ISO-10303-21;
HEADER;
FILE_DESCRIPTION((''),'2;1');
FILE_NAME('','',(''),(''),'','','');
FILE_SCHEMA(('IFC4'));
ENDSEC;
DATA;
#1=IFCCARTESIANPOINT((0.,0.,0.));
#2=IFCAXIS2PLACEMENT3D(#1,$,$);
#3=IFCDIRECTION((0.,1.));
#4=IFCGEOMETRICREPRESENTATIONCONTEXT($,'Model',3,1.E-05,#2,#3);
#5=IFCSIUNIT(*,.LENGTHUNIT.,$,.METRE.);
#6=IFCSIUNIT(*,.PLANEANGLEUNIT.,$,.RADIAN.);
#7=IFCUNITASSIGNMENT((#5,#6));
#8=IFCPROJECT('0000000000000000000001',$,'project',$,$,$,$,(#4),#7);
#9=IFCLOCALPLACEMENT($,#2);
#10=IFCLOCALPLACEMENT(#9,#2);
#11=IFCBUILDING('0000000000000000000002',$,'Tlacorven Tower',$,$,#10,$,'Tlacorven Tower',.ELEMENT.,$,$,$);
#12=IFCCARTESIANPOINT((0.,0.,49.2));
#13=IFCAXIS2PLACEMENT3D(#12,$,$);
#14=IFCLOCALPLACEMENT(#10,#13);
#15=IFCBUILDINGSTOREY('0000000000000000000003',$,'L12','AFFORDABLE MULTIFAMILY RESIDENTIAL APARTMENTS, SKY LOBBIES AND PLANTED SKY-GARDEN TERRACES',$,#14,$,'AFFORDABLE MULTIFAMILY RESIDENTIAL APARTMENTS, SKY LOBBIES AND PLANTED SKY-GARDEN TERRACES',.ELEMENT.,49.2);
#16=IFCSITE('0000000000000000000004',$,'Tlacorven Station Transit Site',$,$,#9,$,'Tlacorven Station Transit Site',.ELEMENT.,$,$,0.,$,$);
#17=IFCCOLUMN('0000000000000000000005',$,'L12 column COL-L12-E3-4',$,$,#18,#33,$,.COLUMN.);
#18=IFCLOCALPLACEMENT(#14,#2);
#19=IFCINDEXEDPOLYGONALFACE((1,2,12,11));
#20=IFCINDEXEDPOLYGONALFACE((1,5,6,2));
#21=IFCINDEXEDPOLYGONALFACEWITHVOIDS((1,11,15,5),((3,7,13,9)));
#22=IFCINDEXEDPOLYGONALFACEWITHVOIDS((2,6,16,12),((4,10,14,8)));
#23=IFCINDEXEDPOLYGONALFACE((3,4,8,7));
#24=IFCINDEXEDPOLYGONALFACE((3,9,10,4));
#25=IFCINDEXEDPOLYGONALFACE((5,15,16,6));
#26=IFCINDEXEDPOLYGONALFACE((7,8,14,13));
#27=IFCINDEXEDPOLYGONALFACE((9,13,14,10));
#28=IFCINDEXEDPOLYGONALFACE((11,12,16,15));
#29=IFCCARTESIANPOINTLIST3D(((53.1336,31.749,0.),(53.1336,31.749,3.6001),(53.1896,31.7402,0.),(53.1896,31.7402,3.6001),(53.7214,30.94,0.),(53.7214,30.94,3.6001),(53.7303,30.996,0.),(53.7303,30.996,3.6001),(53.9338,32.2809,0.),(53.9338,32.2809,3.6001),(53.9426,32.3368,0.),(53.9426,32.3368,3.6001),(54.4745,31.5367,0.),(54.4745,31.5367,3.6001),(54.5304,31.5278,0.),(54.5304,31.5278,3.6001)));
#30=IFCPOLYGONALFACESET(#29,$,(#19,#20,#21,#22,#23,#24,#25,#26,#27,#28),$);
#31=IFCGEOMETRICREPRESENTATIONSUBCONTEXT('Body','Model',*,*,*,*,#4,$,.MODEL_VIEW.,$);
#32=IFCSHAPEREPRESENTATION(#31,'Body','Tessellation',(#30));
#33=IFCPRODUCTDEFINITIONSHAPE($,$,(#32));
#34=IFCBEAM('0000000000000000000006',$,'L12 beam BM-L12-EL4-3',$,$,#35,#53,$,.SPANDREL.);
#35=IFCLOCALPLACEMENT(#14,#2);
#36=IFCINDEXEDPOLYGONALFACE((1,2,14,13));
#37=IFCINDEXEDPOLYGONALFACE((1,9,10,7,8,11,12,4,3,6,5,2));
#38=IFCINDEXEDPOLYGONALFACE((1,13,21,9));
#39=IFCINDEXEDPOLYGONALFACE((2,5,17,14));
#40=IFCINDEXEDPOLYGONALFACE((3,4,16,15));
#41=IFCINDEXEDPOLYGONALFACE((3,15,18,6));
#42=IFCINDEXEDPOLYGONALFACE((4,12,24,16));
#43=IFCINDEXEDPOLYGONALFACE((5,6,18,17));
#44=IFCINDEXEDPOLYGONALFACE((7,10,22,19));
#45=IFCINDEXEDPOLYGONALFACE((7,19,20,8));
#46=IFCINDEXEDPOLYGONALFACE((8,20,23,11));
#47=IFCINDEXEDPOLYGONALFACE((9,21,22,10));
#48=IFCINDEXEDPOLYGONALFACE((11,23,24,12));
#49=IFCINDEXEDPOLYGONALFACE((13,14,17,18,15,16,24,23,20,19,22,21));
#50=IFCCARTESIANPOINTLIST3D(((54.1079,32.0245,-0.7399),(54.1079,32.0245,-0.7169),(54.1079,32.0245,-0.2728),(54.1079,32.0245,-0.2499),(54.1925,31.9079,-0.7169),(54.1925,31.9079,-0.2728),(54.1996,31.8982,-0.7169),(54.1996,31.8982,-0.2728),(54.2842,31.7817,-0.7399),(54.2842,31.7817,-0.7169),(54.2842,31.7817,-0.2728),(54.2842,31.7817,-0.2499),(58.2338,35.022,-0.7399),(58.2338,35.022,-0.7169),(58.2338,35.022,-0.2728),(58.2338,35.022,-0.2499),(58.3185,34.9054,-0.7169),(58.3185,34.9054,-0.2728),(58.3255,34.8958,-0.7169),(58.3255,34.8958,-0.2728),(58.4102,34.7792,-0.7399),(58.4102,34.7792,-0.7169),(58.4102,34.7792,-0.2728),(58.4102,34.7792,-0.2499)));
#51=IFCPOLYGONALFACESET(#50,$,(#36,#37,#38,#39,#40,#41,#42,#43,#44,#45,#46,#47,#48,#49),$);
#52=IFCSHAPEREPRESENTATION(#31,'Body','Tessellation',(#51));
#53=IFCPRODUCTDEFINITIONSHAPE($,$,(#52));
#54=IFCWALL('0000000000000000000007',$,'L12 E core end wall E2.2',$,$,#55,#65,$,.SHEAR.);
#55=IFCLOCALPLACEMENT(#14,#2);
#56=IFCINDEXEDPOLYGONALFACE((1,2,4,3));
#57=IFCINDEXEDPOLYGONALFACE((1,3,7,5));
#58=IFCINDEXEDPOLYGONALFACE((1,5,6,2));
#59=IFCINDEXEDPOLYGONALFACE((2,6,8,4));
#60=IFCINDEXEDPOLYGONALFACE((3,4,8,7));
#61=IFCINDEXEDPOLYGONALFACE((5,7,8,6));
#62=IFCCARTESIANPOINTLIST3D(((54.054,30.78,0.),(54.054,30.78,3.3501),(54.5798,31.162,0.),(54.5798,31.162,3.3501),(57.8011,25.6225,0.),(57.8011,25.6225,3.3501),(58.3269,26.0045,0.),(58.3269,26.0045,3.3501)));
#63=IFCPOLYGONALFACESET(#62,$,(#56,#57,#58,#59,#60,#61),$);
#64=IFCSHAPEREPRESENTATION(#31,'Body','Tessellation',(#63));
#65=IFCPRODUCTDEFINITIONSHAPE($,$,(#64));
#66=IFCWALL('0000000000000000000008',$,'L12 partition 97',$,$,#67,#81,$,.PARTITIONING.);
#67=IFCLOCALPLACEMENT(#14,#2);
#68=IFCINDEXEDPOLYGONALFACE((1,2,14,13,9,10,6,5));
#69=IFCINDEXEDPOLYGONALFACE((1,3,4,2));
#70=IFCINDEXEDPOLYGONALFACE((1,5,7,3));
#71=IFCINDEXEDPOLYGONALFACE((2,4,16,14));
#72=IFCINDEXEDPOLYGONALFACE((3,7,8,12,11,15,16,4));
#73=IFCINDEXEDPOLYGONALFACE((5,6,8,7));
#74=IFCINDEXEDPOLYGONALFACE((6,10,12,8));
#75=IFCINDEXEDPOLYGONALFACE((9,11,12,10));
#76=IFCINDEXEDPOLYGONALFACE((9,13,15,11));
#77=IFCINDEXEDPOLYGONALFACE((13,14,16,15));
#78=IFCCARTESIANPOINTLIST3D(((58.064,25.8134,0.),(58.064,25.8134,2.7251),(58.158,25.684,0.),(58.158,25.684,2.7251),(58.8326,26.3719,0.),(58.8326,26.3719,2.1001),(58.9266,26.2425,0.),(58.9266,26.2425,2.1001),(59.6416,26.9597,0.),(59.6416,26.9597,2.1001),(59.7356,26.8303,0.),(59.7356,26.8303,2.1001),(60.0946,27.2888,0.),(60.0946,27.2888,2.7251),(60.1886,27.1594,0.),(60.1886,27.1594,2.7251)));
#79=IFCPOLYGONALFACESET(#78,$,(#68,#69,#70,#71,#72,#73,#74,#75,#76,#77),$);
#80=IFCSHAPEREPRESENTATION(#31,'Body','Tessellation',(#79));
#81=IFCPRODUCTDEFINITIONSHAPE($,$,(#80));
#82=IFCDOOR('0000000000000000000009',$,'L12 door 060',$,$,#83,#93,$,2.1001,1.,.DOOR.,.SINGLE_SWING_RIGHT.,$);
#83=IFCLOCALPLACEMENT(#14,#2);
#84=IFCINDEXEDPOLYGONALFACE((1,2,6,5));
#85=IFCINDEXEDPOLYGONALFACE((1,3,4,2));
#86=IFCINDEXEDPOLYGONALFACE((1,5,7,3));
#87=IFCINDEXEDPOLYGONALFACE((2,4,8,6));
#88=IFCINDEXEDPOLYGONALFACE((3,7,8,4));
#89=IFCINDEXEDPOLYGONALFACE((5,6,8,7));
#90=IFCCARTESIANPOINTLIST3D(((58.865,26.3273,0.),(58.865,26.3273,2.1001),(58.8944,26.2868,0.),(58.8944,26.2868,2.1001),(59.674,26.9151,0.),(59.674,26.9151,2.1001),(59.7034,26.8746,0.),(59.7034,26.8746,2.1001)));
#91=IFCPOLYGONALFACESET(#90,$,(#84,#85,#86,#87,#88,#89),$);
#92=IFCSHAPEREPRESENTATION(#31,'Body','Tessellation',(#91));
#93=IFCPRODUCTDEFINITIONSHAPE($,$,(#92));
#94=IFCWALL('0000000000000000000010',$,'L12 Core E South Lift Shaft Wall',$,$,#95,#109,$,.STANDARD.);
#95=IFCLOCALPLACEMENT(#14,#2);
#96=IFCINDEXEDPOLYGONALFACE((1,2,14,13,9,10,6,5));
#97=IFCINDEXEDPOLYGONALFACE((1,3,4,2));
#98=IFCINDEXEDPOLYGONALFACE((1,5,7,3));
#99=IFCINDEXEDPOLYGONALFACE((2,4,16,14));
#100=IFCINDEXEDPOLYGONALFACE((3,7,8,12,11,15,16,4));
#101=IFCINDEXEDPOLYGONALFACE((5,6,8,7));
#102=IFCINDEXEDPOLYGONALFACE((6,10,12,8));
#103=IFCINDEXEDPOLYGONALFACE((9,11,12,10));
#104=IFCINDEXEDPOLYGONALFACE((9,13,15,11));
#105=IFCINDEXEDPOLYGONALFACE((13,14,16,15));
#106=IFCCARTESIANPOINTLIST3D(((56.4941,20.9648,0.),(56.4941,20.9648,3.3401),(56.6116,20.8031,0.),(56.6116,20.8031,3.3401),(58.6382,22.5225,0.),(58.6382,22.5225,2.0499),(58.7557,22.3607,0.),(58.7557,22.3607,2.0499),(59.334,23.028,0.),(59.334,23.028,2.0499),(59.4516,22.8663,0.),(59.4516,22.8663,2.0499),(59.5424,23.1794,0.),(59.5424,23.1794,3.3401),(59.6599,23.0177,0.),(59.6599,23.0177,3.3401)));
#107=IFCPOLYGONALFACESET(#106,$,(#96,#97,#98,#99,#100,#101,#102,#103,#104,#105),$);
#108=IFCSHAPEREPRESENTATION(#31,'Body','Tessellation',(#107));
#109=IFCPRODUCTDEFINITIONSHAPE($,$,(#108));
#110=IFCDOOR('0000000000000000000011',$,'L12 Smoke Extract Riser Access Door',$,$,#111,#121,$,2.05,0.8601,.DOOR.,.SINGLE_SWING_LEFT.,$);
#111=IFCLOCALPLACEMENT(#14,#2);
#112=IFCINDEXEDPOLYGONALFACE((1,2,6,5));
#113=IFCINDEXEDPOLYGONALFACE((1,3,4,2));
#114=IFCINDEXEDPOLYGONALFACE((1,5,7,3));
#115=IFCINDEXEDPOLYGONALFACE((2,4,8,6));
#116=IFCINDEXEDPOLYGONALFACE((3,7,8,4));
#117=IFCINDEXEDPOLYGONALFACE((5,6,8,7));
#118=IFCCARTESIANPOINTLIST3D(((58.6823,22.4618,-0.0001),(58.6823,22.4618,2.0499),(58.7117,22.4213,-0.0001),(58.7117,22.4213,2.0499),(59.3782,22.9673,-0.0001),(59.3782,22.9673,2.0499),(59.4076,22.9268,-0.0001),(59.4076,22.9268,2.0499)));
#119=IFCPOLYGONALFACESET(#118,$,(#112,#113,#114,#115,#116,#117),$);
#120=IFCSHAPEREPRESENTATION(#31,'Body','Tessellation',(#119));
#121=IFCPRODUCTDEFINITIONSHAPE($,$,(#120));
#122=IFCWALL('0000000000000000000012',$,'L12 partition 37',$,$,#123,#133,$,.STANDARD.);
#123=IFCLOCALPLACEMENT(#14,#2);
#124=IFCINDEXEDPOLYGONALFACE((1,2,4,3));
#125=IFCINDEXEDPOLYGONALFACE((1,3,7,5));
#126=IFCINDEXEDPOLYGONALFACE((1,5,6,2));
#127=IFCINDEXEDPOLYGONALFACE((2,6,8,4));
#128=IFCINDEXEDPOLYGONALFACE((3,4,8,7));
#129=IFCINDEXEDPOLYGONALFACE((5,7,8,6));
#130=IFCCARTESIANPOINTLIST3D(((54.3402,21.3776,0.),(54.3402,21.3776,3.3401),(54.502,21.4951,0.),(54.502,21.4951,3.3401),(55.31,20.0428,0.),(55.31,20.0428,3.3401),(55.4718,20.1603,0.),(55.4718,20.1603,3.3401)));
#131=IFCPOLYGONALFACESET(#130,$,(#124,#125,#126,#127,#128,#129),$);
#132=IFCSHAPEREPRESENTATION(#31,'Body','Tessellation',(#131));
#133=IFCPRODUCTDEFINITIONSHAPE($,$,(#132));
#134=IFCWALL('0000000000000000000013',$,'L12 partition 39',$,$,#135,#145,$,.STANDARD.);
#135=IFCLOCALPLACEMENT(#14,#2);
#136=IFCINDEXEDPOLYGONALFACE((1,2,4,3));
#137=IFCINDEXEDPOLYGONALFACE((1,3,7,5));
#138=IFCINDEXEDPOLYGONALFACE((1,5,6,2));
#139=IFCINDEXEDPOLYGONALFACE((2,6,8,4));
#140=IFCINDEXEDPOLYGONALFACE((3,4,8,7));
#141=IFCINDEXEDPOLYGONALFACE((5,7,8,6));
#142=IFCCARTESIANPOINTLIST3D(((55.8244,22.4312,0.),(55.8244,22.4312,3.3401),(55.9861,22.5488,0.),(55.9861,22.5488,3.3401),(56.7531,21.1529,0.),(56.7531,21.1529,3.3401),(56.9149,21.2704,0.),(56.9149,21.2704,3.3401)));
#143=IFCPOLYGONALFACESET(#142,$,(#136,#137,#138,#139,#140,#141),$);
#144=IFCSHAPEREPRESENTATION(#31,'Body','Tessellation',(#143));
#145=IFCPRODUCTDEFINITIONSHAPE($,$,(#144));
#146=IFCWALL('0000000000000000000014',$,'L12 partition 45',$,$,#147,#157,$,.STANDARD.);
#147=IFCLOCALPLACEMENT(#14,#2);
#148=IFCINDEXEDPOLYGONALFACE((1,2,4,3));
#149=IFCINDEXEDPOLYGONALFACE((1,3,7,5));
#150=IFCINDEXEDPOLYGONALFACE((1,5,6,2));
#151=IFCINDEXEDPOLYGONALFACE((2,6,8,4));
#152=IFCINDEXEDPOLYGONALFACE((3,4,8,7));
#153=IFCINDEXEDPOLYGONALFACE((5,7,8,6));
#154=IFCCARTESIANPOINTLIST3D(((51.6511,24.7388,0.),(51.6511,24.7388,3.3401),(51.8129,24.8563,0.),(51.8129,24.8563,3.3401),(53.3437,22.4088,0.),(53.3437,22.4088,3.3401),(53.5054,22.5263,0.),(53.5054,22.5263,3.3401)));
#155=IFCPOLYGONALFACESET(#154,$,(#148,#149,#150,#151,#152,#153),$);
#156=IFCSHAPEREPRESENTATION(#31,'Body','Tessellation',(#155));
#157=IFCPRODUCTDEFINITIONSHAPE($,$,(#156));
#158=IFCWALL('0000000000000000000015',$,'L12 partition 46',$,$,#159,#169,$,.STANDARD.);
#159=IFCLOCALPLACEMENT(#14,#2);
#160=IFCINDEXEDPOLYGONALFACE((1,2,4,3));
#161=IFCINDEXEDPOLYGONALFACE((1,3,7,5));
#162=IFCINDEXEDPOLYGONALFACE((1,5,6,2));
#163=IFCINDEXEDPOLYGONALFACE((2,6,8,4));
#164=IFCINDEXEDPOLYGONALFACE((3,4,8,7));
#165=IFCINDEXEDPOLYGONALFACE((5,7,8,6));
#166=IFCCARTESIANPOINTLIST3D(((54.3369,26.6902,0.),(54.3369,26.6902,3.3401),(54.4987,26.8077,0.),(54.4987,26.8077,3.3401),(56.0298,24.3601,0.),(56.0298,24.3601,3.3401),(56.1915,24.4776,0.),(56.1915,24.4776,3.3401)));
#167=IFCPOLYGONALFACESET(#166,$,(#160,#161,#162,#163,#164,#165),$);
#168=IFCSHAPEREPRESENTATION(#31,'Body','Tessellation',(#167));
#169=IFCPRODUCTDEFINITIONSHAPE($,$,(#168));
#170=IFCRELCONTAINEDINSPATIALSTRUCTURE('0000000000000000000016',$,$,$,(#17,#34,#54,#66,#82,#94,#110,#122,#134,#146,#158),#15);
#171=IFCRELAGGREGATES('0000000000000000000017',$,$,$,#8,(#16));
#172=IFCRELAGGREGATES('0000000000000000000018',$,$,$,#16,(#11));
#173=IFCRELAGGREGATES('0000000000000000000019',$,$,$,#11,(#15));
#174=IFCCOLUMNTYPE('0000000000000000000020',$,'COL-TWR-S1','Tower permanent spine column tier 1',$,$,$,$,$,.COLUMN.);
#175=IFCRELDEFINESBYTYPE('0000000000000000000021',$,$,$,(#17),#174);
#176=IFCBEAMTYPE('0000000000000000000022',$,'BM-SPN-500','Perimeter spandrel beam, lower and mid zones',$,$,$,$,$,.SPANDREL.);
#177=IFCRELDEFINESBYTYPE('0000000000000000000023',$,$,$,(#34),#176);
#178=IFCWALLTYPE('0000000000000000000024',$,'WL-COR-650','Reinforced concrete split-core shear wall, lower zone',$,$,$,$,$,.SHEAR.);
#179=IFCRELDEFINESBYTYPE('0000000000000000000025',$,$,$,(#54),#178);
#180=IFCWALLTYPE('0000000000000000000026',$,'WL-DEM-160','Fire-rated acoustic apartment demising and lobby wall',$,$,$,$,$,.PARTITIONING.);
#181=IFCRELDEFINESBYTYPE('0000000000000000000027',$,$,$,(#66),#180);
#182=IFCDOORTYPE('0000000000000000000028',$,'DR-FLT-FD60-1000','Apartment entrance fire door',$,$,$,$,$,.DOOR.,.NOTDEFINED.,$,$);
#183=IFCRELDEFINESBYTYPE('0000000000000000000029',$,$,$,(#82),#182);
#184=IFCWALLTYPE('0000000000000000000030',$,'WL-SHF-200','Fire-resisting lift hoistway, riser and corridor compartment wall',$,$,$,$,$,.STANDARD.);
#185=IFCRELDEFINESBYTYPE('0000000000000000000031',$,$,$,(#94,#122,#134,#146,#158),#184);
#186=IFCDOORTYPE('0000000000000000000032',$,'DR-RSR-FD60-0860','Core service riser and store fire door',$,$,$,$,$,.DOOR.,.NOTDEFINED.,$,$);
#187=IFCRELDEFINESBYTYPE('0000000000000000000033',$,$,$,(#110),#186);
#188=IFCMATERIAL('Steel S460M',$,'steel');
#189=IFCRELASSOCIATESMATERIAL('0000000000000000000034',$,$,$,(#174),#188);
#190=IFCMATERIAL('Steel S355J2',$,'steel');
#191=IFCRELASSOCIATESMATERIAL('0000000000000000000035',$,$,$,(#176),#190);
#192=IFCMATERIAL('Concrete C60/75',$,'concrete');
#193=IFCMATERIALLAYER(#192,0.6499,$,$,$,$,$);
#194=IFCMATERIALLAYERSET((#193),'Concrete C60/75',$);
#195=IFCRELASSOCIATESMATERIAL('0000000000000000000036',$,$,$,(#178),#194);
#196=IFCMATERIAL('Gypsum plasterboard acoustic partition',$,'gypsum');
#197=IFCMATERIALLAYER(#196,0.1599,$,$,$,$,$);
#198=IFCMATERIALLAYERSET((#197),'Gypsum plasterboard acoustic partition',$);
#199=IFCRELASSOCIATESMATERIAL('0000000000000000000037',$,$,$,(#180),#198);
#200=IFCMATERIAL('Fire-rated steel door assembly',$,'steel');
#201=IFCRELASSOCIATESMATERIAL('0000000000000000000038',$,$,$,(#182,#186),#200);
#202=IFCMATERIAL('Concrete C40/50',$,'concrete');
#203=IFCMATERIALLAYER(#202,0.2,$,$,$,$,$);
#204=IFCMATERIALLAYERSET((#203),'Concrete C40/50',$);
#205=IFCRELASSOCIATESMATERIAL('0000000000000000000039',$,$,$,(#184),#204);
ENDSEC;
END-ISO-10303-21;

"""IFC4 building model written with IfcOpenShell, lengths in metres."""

from ifc_helpers import new_model, si_unit, direction, frame, frame_2d, origin, origin_2d, place, context, subcontext, project, spatial, rectangle, hollow_rectangle, i_section, extrude, source, transform, mapped, material, layer, layer_set, material_profile, profile_set, type_object, element, fill, save


model = new_model("IFC4")

# Units and contexts
model_context = context("Model", 3, precision=1e-05, world=origin(), true_north=direction((0.0, 1.0)))
body_context = subcontext(model_context, "Body", "Model", "MODEL_VIEW")
ifc_project = project(units=[si_unit("LENGTHUNIT", "METRE"), si_unit("PLANEANGLEUNIT", "RADIAN")], contexts=[model_context])

# Site, building, storey
site_placement = place(None, origin())
site = spatial("IfcSite", under=ifc_project, at=site_placement, Name="Tlacorven Station Transit Site", LongName="Tlacorven Station Transit Site", CompositionType="ELEMENT", RefElevation=0.0)
building_placement = place(site_placement, origin())
building = spatial("IfcBuilding", under=site, at=building_placement, Name="Tlacorven Tower", LongName="Tlacorven Tower", CompositionType="ELEMENT")
storey_placement = place(building_placement, frame((0.0, 0.0, 49.2)))
storey = spatial("IfcBuildingStorey", under=building, at=storey_placement, Name="L12", Description="AFFORDABLE MULTIFAMILY RESIDENTIAL APARTMENTS, SKY LOBBIES AND PLANTED SKY-GARDEN TERRACES", LongName="AFFORDABLE MULTIFAMILY RESIDENTIAL APARTMENTS, SKY LOBBIES AND PLANTED SKY-GARDEN TERRACES", CompositionType="ELEMENT", Elevation=49.2)

# Column
ifc_material_1 = material(Name="Steel S460M", Category="steel")
ifc_material_profile_1 = material_profile(ifc_material_1, hollow_rectangle(XDim=1.0, YDim=1.0, WallThickness=0.04, at=origin_2d()), Name="BOX 1000X1000X40")
ifc_profile_set_1 = profile_set([ifc_material_profile_1], Name="Steel S460M")
column_type = type_object("IfcColumnType", Name="COL-TWR-S1", Description="Tower permanent spine column tier 1", PredefinedType="COLUMN", material=ifc_profile_set_1)
shared_shape_1 = source(origin(), body_context, "Body", "SweptSolid", [
    extrude(hollow_rectangle(XDim=1.0, YDim=1.0, WallThickness=0.04, at=origin_2d()), origin(), (0.0, 0.0, 1.0), 3.6001),
])
column_placement = place(storey_placement, frame((53.832, 31.6384, 0.0), z_axis=(0.0, 0.0, 1.0), x_axis=(0.809017, 0.587785, 0.0)))
element("IfcColumn", 1, at=column_placement, inside=storey, type_object=column_type, Name="L12 column COL-L12-E3-4", PredefinedType="COLUMN", context=body_context, shape_type="MappedRepresentation", body=[
    mapped(shared_shape_1, transform((0.0, 0.0, 0.0), scale=1.0)),
])

# Beam
ifc_material_2 = material(Name="Steel S355J2", Category="steel")
ifc_material_profile_2 = material_profile(ifc_material_2, i_section(OverallWidth=0.3, OverallDepth=0.49, WebThickness=0.012, FlangeThickness=0.0229, at=origin_2d()), Name="HEA 500")
ifc_profile_set_2 = profile_set([ifc_material_profile_2], Name="Steel S355J2")
beam_type = type_object("IfcBeamType", Name="BM-SPN-500", Description="Perimeter spandrel beam, lower and mid zones", PredefinedType="SPANDREL", material=ifc_profile_set_2)
shared_shape_2 = source(origin(), body_context, "Body", "SweptSolid", [
    extrude(i_section(OverallWidth=0.3, OverallDepth=0.49, WebThickness=0.012, FlangeThickness=0.0229, at=origin_2d()), origin(), (0.0, 0.0, 1.0), 5.0999),
])
beam_placement = place(storey_placement, frame((54.196, 31.9031, -0.4949), z_axis=(0.80903, 0.587767, 0.0), x_axis=(-0.587767, 0.80903, 0.0)))
element("IfcBeam", 2, at=beam_placement, inside=storey, type_object=beam_type, Name="L12 beam BM-L12-EL4-3", PredefinedType="SPANDREL", context=body_context, shape_type="MappedRepresentation", body=[
    mapped(shared_shape_2, transform((0.0, 0.0, 0.0), scale=1.0)),
])

# Wall
ifc_material_3 = material(Name="Concrete C60/75", Category="concrete")
ifc_layer_1 = layer(ifc_material_3, 0.6499)
ifc_layer_set_1 = layer_set([ifc_layer_1], Name="Concrete C60/75")
wall_type_1 = type_object("IfcWallType", Name="WL-COR-650", Description="Reinforced concrete split-core shear wall, lower zone", PredefinedType="SHEAR", material=ifc_layer_set_1)
wall_1_placement = place(storey_placement, frame((58.064, 25.8135, 0.0), z_axis=(0.0, 0.0, 1.0), x_axis=(-0.58778, 0.809021, 0.0)))
element("IfcWall", 3, at=wall_1_placement, inside=storey, type_object=wall_type_1, Name="L12 E core end wall E2.2", PredefinedType="SHEAR", context=body_context, shape_type="SweptSolid", body=[
    extrude(rectangle(XDim=6.375, YDim=0.6499, at=frame_2d((3.1875, 0.0))), origin(), (0.0, 0.0, 1.0), 3.3501),
])

# Walls, openings, doors
ifc_material_4 = material(Name="Gypsum plasterboard acoustic partition", Category="gypsum")
ifc_layer_2 = layer(ifc_material_4, 0.1599)
ifc_layer_set_2 = layer_set([ifc_layer_2], Name="Gypsum plasterboard acoustic partition")
wall_type_2 = type_object("IfcWallType", Name="WL-DEM-160", Description="Fire-rated acoustic apartment demising and lobby wall", PredefinedType="PARTITIONING", material=ifc_layer_set_2)
wall_2_placement = place(storey_placement, frame((58.1111, 25.7488, 0.0), z_axis=(0.0, 0.0, 1.0), x_axis=(0.809001, 0.587807, 0.0)))
wall_2 = element("IfcWall", 4, at=wall_2_placement, inside=storey, type_object=wall_type_2, Name="L12 partition 97", PredefinedType="PARTITIONING", context=body_context, shape_type="SweptSolid", body=[
    extrude(rectangle(XDim=2.51, YDim=0.1599, at=frame_2d((1.2549, 0.0))), origin(), (0.0, 0.0, 1.0), 2.7251),
])
opening_1_placement = place(wall_2_placement, frame((0.95, 0.0, 0.0)))
opening_1 = element("IfcOpeningElement", 5, at=opening_1_placement, cuts=wall_2, PredefinedType="OPENING", context=body_context, shape_type="SweptSolid", body=[
    extrude(rectangle(XDim=1.0, YDim=2.1001, at=frame_2d((0.5, 1.05))), frame((0.0, 0.0898, 0.0), z_axis=(0.0, -1.0, 0.0), x_axis=(1.0, 0.0, 0.0)), (0.0, 0.0, 1.0), 0.1799),
])
ifc_material_5 = material(Name="Fire-rated steel door assembly", Category="steel")
door_type_1 = type_object("IfcDoorType", Name="DR-FLT-FD60-1000", Description="Apartment entrance fire door", OperationType="NOTDEFINED", PredefinedType="DOOR", material=ifc_material_5)
shared_shape_3 = source(origin(), body_context, "Body", "SweptSolid", [
    extrude(rectangle(XDim=1.0, YDim=2.1001, at=frame_2d((0.5, 1.05))), frame((0.0, 0.0249, 0.0), z_axis=(0.0, -1.0, 0.0), x_axis=(1.0, 0.0, 0.0)), (0.0, 0.0, 1.0), 0.05),
])
door_1_placement = place(opening_1_placement, origin())
door_1 = element("IfcDoor", 6, at=door_1_placement, inside=storey, type_object=door_type_1, Name="L12 door 060", OperationType="SINGLE_SWING_RIGHT", OverallHeight=2.1001, OverallWidth=1.0, PredefinedType="DOOR", context=body_context, shape_type="MappedRepresentation", body=[
    mapped(shared_shape_3, transform((0.0, 0.0, 0.0), scale=1.0)),
])
fill(opening_1, door_1)
ifc_material_6 = material(Name="Concrete C40/50", Category="concrete")
ifc_layer_3 = layer(ifc_material_6, 0.2)
ifc_layer_set_3 = layer_set([ifc_layer_3], Name="Concrete C40/50")
wall_type_3 = type_object("IfcWallType", Name="WL-SHF-200", Description="Fire-resisting lift hoistway, riser and corridor compartment wall", PredefinedType="STANDARD", material=ifc_layer_set_3)
wall_3_placement = place(storey_placement, frame((56.553, 20.884, 0.0), z_axis=(0.0, 0.0, 1.0), x_axis=(0.809036, 0.587759, 0.0)))
wall_3 = element("IfcWall", 7, at=wall_3_placement, inside=storey, type_object=wall_type_3, Name="L12 Core E South Lift Shaft Wall", PredefinedType="STANDARD", context=body_context, shape_type="SweptSolid", body=[
    extrude(rectangle(XDim=3.7678, YDim=0.2, at=frame_2d((1.8838, 0.0))), origin(), (0.0, 0.0, 1.0), 3.3401),
])
opening_2_placement = place(wall_3_placement, frame((2.6499, 0.0, 0.0)))
opening_2 = element("IfcOpeningElement", 8, at=opening_2_placement, cuts=wall_3, PredefinedType="OPENING", context=body_context, shape_type="SweptSolid", body=[
    extrude(rectangle(XDim=0.8601, YDim=2.05, at=frame_2d((0.4302, 1.0249))), frame((0.0, 0.1099, 0.0), z_axis=(0.0, -1.0, 0.0), x_axis=(1.0, 0.0, 0.0)), (0.0, 0.0, 1.0), 0.22),
])
door_type_2 = type_object("IfcDoorType", Name="DR-RSR-FD60-0860", Description="Core service riser and store fire door", OperationType="NOTDEFINED", PredefinedType="DOOR", material=ifc_material_5)
shared_shape_4 = source(origin(), body_context, "Body", "SweptSolid", [
    extrude(rectangle(XDim=0.8601, YDim=2.05, at=frame_2d((0.4302, 1.0249))), frame((0.0, 0.0249, 0.0), z_axis=(0.0, -1.0, 0.0), x_axis=(1.0, 0.0, 0.0)), (0.0, 0.0, 1.0), 0.05),
])
door_2_placement = place(opening_2_placement, origin())
door_2 = element("IfcDoor", 9, at=door_2_placement, inside=storey, type_object=door_type_2, Name="L12 Smoke Extract Riser Access Door", OperationType="SINGLE_SWING_LEFT", OverallHeight=2.05, OverallWidth=0.8601, PredefinedType="DOOR", context=body_context, shape_type="MappedRepresentation", body=[
    mapped(shared_shape_4, transform((0.0, 0.0, 0.0), scale=1.0)),
])
fill(opening_2, door_2)

# Walls
wall_4_placement = place(storey_placement, frame((55.3909, 20.1016, 0.0), z_axis=(0.0, 0.0, 1.0), x_axis=(-0.587784, 0.809018, 0.0)))
element("IfcWall", 10, at=wall_4_placement, inside=storey, type_object=wall_type_3, Name="L12 partition 37", PredefinedType="STANDARD", context=body_context, shape_type="SweptSolid", body=[
    extrude(rectangle(XDim=1.6499, YDim=0.2, at=frame_2d((0.825, 0.0))), origin(), (0.0, 0.0, 1.0), 3.3401),
])
wall_5_placement = place(storey_placement, frame((56.834, 21.2117, 0.0), z_axis=(0.0, 0.0, 1.0), x_axis=(-0.587767, 0.80903, 0.0)))
element("IfcWall", 11, at=wall_5_placement, inside=storey, type_object=wall_type_3, Name="L12 partition 39", PredefinedType="STANDARD", context=body_context, shape_type="SweptSolid", body=[
    extrude(rectangle(XDim=1.5801, YDim=0.2, at=frame_2d((0.79, 0.0))), origin(), (0.0, 0.0, 1.0), 3.3401),
])
wall_6_placement = place(storey_placement, frame((53.4246, 22.4675, 0.0), z_axis=(0.0, 0.0, 1.0), x_axis=(-0.587723, 0.809062, 0.0)))
element("IfcWall", 12, at=wall_6_placement, inside=storey, type_object=wall_type_3, Name="L12 partition 45", PredefinedType="STANDARD", context=body_context, shape_type="SweptSolid", body=[
    extrude(rectangle(XDim=2.8799, YDim=0.2, at=frame_2d((1.4399, 0.0))), origin(), (0.0, 0.0, 1.0), 3.3401),
])
wall_7_placement = place(storey_placement, frame((56.1106, 24.4189, 0.0), z_axis=(0.0, 0.0, 1.0), x_axis=(-0.587778, 0.809022, 0.0)))
element("IfcWall", 13, at=wall_7_placement, inside=storey, type_object=wall_type_3, Name="L12 partition 46", PredefinedType="STANDARD", context=body_context, shape_type="SweptSolid", body=[
    extrude(rectangle(XDim=2.8801, YDim=0.2, at=frame_2d((1.4399, 0.0))), origin(), (0.0, 0.0, 1.0), 3.3401),
])

save(model, "model.ifc")
